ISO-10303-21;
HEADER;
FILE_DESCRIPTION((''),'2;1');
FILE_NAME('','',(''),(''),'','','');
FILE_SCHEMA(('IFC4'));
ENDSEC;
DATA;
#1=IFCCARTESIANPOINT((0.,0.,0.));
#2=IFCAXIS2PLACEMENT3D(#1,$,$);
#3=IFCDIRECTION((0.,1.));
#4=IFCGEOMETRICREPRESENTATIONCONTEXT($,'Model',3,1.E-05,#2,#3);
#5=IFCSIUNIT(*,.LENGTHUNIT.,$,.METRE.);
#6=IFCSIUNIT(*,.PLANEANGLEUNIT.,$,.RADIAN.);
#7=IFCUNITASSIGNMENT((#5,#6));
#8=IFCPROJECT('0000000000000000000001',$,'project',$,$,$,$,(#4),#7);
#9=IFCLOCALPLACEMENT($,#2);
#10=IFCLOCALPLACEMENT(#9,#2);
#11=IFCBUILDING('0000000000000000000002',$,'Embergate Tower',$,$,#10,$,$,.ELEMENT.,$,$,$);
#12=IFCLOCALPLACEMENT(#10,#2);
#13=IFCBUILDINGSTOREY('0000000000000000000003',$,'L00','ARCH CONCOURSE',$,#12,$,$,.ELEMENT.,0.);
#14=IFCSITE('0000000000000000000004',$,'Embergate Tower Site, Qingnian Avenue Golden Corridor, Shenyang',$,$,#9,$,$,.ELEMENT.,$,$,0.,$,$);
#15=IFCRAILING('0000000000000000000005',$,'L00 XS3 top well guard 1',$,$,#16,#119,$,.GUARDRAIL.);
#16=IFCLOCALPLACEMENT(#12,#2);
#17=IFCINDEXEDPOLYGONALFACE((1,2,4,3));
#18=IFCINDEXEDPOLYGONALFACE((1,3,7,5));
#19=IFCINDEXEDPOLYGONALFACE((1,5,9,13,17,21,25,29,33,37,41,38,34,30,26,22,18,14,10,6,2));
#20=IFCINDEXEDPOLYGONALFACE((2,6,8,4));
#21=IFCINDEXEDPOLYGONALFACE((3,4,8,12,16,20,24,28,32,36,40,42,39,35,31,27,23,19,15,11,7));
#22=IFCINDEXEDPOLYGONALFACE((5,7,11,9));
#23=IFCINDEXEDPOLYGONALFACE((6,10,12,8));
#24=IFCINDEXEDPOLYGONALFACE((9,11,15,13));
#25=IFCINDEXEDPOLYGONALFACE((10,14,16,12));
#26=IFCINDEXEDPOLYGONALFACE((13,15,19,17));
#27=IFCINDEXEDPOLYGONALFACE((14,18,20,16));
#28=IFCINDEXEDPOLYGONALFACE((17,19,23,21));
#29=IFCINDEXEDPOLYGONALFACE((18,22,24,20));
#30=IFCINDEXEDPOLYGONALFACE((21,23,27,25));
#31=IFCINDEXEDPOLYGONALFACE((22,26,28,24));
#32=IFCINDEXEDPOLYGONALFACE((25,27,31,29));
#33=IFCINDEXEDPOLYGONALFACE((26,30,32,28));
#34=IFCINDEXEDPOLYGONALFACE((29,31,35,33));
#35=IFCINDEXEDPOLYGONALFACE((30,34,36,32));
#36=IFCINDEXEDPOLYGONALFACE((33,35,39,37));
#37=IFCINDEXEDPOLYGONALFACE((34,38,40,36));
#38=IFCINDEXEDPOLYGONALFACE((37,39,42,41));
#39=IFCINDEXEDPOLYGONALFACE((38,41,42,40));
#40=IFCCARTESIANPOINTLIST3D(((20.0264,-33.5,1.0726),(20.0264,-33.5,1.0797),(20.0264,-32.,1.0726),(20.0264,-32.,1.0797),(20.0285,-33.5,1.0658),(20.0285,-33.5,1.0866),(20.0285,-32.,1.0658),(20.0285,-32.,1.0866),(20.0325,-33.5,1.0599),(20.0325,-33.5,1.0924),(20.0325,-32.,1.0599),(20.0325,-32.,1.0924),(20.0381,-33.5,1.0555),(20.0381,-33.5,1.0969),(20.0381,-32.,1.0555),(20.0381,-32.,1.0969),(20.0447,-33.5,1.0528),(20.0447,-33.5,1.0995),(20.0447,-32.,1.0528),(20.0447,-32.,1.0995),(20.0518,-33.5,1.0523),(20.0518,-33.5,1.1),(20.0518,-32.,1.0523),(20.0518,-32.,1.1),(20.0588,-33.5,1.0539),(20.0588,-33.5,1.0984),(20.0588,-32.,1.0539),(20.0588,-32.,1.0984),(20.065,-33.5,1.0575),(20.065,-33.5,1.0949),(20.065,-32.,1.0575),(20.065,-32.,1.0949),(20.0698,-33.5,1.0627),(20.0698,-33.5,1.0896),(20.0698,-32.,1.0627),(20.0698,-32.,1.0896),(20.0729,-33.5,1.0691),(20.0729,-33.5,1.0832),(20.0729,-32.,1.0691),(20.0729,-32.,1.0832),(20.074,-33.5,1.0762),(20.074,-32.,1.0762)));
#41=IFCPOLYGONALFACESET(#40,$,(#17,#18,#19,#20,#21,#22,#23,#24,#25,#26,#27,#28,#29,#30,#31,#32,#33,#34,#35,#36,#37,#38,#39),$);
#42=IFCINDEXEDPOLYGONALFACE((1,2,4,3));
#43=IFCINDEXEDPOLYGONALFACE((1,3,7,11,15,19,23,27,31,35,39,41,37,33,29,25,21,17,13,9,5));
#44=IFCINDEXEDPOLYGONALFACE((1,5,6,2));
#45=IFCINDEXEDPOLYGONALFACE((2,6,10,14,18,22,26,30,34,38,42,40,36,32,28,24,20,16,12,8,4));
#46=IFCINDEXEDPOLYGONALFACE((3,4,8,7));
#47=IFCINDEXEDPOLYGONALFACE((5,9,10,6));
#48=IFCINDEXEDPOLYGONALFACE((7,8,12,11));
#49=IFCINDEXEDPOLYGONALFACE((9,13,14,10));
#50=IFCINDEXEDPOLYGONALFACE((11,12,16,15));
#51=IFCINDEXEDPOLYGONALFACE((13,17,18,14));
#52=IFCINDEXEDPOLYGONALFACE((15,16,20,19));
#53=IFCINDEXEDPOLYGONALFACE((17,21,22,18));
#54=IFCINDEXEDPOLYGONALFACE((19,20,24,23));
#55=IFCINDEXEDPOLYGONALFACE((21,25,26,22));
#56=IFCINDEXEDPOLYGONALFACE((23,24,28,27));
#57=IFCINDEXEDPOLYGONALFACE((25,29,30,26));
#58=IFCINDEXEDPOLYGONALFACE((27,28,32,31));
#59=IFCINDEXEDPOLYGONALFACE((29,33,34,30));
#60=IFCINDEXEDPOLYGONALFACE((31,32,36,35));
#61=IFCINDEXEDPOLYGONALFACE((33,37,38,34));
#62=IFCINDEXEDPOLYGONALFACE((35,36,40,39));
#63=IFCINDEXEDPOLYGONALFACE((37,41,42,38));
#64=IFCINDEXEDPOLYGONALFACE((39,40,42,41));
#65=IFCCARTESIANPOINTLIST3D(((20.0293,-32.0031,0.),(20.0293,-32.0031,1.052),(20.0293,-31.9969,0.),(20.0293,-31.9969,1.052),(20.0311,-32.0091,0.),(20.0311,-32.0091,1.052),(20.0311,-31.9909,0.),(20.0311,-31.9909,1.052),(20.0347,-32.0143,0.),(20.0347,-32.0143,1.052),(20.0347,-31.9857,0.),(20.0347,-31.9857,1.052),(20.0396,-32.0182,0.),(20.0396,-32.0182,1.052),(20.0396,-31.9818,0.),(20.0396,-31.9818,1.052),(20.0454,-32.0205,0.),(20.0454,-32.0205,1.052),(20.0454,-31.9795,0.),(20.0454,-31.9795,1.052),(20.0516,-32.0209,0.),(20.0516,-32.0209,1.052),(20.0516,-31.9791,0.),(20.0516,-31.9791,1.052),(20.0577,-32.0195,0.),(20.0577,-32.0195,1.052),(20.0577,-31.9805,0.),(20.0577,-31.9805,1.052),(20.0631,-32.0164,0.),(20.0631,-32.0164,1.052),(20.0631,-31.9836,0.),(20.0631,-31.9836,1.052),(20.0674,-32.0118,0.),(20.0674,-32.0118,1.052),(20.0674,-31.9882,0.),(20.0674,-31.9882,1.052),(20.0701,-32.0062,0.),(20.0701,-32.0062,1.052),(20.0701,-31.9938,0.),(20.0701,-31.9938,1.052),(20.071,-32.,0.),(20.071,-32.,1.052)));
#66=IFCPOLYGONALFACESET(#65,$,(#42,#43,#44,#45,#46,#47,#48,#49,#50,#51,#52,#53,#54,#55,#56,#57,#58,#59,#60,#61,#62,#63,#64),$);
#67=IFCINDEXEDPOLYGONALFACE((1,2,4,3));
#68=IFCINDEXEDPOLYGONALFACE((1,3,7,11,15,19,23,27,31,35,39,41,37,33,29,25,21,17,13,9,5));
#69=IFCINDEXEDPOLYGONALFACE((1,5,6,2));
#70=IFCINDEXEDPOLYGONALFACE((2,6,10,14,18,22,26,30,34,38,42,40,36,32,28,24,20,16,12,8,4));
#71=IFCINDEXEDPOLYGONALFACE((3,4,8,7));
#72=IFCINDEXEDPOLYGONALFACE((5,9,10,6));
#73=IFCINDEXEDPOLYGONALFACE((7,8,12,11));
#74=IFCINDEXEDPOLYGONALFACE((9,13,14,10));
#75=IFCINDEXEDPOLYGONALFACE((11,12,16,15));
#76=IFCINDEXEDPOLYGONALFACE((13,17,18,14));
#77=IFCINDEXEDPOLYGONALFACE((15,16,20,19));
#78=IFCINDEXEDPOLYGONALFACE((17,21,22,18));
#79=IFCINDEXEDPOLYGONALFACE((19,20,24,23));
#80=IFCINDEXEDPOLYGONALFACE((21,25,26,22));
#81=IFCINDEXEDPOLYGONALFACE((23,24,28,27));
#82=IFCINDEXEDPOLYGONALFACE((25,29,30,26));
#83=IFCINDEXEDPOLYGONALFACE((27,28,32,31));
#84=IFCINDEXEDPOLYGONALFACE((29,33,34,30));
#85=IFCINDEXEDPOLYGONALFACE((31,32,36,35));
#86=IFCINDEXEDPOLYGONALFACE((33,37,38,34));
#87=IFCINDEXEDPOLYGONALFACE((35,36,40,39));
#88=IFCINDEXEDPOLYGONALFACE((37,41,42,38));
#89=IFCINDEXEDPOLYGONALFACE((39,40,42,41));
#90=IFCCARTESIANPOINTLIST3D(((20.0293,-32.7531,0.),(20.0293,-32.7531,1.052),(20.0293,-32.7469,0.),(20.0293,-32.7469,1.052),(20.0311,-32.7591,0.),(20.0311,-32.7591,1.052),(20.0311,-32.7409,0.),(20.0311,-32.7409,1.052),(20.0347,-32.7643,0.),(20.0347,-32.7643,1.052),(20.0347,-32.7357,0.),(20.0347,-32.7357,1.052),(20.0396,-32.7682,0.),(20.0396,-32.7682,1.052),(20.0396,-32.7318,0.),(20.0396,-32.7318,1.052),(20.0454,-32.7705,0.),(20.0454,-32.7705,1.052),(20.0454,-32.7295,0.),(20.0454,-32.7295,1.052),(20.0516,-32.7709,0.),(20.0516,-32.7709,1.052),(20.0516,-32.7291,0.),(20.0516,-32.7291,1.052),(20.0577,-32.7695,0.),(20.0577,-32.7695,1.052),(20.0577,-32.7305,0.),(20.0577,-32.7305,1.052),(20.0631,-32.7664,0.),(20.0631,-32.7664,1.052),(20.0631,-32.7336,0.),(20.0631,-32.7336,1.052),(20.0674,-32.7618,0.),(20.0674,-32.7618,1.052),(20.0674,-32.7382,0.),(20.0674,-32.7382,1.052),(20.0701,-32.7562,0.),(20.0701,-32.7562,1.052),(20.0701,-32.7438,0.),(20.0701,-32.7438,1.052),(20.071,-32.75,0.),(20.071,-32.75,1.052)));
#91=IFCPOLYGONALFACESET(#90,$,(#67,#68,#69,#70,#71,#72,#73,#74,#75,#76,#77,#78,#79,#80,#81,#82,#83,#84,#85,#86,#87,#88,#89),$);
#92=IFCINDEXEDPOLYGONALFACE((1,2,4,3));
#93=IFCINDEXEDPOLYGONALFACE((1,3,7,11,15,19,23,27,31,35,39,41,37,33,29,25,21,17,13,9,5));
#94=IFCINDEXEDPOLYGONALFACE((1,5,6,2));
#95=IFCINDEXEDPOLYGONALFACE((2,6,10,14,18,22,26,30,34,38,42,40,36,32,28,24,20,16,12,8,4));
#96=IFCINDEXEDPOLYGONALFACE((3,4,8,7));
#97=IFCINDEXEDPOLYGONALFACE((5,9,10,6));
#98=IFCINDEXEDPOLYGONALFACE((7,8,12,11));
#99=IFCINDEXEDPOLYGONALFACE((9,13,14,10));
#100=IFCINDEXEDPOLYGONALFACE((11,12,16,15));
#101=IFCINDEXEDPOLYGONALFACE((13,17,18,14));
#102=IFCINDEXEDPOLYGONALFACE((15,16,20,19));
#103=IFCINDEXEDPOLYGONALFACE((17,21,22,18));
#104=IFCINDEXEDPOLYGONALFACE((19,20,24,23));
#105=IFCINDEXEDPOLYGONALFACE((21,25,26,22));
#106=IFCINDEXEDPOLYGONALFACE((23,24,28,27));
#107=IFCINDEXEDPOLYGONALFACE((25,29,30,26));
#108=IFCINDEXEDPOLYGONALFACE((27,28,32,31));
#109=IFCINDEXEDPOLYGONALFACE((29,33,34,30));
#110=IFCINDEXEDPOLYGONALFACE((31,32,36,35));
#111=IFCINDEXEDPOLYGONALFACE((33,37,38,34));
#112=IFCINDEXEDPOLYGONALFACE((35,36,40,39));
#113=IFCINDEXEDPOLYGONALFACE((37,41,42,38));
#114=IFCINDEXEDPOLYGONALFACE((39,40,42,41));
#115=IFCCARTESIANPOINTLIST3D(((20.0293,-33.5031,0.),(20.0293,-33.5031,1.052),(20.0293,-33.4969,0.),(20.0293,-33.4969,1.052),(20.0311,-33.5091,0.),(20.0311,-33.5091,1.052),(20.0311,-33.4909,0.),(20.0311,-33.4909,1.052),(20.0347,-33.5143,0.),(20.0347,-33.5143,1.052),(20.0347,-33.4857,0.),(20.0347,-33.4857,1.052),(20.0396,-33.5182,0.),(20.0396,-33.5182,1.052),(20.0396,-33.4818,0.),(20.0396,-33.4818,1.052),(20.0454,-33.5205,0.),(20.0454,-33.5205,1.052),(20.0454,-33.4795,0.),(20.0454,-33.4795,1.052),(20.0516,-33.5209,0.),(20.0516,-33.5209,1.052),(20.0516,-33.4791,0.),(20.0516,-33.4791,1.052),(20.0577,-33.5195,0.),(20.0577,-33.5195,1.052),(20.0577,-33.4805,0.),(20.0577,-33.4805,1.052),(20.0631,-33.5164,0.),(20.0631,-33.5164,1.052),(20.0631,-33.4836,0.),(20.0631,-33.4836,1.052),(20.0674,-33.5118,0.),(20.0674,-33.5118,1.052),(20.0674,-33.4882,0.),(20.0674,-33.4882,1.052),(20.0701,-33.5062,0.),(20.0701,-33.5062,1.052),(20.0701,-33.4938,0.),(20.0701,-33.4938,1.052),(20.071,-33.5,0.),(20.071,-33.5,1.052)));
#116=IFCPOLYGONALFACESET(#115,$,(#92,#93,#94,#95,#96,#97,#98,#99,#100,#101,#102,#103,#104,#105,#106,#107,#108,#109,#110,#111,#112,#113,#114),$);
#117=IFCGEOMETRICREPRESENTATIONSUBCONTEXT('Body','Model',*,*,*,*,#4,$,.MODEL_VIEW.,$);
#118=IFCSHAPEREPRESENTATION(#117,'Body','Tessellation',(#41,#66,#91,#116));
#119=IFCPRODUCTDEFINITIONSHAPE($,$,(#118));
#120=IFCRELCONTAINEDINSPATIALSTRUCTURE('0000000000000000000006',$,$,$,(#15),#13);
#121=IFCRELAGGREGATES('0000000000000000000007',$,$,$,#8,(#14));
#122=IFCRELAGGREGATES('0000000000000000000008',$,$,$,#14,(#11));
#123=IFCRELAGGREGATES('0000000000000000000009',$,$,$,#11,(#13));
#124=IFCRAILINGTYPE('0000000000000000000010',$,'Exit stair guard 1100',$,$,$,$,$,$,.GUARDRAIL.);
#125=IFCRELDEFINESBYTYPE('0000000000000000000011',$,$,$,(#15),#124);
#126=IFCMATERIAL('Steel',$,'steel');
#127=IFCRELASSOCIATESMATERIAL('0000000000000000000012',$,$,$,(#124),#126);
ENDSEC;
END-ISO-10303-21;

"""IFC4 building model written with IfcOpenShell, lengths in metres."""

from ifc_helpers import new_model, si_unit, direction, frame, origin, origin_2d, place, context, subcontext, project, spatial, circle, extrude, source, transform, mapped, material, type_object, element, save


model = new_model("IFC4")

# Units and contexts
model_context = context("Model", 3, precision=1e-05, world=origin(), true_north=direction((0.0, 1.0)))
body_context = subcontext(model_context, "Body", "Model", "MODEL_VIEW")
ifc_project = project(units=[si_unit("LENGTHUNIT", "METRE"), si_unit("PLANEANGLEUNIT", "RADIAN")], contexts=[model_context])

# Site, building, storey
site_placement = place(None, origin())
site = spatial("IfcSite", under=ifc_project, at=site_placement, Name="Embergate Tower Site, Qingnian Avenue Golden Corridor, Shenyang", CompositionType="ELEMENT", RefElevation=0.0)
building_placement = place(site_placement, origin())
building = spatial("IfcBuilding", under=site, at=building_placement, Name="Embergate Tower", CompositionType="ELEMENT")
storey_placement = place(building_placement, origin())
storey = spatial("IfcBuildingStorey", under=building, at=storey_placement, Name="L00", Description="ARCH CONCOURSE", CompositionType="ELEMENT", Elevation=0.0)

# Railing
ifc_material_1 = material(Name="Steel", Category="steel")
railing_type = type_object("IfcRailingType", Name="Exit stair guard 1100", PredefinedType="GUARDRAIL", material=ifc_material_1)
shared_shape_1 = source(origin(), body_context, "Body", "SweptSolid", [
    extrude(circle(Radius=0.0239, at=origin_2d()), frame((0.0, 0.0, 1.0762), z_axis=(0.0, -1.0, 0.0), x_axis=(1.0, 0.0, 0.0)), (0.0, 0.0, 1.0), 1.5),
    extrude(circle(Radius=0.021, at=origin_2d()), origin(), (0.0, 0.0, 1.0), 1.052),
    extrude(circle(Radius=0.021, at=origin_2d()), frame((0.0, -0.75, 0.0)), (0.0, 0.0, 1.0), 1.052),
    extrude(circle(Radius=0.021, at=origin_2d()), frame((0.0, -1.5, 0.0)), (0.0, 0.0, 1.0), 1.052),
])
railing_placement = place(storey_placement, frame((20.05, -32.0, 0.0)))
element("IfcRailing", 1, at=railing_placement, inside=storey, type_object=railing_type, Name="L00 XS3 top well guard 1", PredefinedType="GUARDRAIL", context=body_context, shape_type="MappedRepresentation", body=[
    mapped(shared_shape_1, transform((0.0, 0.0, 0.0))),
])

save(model, "model.ifc")
